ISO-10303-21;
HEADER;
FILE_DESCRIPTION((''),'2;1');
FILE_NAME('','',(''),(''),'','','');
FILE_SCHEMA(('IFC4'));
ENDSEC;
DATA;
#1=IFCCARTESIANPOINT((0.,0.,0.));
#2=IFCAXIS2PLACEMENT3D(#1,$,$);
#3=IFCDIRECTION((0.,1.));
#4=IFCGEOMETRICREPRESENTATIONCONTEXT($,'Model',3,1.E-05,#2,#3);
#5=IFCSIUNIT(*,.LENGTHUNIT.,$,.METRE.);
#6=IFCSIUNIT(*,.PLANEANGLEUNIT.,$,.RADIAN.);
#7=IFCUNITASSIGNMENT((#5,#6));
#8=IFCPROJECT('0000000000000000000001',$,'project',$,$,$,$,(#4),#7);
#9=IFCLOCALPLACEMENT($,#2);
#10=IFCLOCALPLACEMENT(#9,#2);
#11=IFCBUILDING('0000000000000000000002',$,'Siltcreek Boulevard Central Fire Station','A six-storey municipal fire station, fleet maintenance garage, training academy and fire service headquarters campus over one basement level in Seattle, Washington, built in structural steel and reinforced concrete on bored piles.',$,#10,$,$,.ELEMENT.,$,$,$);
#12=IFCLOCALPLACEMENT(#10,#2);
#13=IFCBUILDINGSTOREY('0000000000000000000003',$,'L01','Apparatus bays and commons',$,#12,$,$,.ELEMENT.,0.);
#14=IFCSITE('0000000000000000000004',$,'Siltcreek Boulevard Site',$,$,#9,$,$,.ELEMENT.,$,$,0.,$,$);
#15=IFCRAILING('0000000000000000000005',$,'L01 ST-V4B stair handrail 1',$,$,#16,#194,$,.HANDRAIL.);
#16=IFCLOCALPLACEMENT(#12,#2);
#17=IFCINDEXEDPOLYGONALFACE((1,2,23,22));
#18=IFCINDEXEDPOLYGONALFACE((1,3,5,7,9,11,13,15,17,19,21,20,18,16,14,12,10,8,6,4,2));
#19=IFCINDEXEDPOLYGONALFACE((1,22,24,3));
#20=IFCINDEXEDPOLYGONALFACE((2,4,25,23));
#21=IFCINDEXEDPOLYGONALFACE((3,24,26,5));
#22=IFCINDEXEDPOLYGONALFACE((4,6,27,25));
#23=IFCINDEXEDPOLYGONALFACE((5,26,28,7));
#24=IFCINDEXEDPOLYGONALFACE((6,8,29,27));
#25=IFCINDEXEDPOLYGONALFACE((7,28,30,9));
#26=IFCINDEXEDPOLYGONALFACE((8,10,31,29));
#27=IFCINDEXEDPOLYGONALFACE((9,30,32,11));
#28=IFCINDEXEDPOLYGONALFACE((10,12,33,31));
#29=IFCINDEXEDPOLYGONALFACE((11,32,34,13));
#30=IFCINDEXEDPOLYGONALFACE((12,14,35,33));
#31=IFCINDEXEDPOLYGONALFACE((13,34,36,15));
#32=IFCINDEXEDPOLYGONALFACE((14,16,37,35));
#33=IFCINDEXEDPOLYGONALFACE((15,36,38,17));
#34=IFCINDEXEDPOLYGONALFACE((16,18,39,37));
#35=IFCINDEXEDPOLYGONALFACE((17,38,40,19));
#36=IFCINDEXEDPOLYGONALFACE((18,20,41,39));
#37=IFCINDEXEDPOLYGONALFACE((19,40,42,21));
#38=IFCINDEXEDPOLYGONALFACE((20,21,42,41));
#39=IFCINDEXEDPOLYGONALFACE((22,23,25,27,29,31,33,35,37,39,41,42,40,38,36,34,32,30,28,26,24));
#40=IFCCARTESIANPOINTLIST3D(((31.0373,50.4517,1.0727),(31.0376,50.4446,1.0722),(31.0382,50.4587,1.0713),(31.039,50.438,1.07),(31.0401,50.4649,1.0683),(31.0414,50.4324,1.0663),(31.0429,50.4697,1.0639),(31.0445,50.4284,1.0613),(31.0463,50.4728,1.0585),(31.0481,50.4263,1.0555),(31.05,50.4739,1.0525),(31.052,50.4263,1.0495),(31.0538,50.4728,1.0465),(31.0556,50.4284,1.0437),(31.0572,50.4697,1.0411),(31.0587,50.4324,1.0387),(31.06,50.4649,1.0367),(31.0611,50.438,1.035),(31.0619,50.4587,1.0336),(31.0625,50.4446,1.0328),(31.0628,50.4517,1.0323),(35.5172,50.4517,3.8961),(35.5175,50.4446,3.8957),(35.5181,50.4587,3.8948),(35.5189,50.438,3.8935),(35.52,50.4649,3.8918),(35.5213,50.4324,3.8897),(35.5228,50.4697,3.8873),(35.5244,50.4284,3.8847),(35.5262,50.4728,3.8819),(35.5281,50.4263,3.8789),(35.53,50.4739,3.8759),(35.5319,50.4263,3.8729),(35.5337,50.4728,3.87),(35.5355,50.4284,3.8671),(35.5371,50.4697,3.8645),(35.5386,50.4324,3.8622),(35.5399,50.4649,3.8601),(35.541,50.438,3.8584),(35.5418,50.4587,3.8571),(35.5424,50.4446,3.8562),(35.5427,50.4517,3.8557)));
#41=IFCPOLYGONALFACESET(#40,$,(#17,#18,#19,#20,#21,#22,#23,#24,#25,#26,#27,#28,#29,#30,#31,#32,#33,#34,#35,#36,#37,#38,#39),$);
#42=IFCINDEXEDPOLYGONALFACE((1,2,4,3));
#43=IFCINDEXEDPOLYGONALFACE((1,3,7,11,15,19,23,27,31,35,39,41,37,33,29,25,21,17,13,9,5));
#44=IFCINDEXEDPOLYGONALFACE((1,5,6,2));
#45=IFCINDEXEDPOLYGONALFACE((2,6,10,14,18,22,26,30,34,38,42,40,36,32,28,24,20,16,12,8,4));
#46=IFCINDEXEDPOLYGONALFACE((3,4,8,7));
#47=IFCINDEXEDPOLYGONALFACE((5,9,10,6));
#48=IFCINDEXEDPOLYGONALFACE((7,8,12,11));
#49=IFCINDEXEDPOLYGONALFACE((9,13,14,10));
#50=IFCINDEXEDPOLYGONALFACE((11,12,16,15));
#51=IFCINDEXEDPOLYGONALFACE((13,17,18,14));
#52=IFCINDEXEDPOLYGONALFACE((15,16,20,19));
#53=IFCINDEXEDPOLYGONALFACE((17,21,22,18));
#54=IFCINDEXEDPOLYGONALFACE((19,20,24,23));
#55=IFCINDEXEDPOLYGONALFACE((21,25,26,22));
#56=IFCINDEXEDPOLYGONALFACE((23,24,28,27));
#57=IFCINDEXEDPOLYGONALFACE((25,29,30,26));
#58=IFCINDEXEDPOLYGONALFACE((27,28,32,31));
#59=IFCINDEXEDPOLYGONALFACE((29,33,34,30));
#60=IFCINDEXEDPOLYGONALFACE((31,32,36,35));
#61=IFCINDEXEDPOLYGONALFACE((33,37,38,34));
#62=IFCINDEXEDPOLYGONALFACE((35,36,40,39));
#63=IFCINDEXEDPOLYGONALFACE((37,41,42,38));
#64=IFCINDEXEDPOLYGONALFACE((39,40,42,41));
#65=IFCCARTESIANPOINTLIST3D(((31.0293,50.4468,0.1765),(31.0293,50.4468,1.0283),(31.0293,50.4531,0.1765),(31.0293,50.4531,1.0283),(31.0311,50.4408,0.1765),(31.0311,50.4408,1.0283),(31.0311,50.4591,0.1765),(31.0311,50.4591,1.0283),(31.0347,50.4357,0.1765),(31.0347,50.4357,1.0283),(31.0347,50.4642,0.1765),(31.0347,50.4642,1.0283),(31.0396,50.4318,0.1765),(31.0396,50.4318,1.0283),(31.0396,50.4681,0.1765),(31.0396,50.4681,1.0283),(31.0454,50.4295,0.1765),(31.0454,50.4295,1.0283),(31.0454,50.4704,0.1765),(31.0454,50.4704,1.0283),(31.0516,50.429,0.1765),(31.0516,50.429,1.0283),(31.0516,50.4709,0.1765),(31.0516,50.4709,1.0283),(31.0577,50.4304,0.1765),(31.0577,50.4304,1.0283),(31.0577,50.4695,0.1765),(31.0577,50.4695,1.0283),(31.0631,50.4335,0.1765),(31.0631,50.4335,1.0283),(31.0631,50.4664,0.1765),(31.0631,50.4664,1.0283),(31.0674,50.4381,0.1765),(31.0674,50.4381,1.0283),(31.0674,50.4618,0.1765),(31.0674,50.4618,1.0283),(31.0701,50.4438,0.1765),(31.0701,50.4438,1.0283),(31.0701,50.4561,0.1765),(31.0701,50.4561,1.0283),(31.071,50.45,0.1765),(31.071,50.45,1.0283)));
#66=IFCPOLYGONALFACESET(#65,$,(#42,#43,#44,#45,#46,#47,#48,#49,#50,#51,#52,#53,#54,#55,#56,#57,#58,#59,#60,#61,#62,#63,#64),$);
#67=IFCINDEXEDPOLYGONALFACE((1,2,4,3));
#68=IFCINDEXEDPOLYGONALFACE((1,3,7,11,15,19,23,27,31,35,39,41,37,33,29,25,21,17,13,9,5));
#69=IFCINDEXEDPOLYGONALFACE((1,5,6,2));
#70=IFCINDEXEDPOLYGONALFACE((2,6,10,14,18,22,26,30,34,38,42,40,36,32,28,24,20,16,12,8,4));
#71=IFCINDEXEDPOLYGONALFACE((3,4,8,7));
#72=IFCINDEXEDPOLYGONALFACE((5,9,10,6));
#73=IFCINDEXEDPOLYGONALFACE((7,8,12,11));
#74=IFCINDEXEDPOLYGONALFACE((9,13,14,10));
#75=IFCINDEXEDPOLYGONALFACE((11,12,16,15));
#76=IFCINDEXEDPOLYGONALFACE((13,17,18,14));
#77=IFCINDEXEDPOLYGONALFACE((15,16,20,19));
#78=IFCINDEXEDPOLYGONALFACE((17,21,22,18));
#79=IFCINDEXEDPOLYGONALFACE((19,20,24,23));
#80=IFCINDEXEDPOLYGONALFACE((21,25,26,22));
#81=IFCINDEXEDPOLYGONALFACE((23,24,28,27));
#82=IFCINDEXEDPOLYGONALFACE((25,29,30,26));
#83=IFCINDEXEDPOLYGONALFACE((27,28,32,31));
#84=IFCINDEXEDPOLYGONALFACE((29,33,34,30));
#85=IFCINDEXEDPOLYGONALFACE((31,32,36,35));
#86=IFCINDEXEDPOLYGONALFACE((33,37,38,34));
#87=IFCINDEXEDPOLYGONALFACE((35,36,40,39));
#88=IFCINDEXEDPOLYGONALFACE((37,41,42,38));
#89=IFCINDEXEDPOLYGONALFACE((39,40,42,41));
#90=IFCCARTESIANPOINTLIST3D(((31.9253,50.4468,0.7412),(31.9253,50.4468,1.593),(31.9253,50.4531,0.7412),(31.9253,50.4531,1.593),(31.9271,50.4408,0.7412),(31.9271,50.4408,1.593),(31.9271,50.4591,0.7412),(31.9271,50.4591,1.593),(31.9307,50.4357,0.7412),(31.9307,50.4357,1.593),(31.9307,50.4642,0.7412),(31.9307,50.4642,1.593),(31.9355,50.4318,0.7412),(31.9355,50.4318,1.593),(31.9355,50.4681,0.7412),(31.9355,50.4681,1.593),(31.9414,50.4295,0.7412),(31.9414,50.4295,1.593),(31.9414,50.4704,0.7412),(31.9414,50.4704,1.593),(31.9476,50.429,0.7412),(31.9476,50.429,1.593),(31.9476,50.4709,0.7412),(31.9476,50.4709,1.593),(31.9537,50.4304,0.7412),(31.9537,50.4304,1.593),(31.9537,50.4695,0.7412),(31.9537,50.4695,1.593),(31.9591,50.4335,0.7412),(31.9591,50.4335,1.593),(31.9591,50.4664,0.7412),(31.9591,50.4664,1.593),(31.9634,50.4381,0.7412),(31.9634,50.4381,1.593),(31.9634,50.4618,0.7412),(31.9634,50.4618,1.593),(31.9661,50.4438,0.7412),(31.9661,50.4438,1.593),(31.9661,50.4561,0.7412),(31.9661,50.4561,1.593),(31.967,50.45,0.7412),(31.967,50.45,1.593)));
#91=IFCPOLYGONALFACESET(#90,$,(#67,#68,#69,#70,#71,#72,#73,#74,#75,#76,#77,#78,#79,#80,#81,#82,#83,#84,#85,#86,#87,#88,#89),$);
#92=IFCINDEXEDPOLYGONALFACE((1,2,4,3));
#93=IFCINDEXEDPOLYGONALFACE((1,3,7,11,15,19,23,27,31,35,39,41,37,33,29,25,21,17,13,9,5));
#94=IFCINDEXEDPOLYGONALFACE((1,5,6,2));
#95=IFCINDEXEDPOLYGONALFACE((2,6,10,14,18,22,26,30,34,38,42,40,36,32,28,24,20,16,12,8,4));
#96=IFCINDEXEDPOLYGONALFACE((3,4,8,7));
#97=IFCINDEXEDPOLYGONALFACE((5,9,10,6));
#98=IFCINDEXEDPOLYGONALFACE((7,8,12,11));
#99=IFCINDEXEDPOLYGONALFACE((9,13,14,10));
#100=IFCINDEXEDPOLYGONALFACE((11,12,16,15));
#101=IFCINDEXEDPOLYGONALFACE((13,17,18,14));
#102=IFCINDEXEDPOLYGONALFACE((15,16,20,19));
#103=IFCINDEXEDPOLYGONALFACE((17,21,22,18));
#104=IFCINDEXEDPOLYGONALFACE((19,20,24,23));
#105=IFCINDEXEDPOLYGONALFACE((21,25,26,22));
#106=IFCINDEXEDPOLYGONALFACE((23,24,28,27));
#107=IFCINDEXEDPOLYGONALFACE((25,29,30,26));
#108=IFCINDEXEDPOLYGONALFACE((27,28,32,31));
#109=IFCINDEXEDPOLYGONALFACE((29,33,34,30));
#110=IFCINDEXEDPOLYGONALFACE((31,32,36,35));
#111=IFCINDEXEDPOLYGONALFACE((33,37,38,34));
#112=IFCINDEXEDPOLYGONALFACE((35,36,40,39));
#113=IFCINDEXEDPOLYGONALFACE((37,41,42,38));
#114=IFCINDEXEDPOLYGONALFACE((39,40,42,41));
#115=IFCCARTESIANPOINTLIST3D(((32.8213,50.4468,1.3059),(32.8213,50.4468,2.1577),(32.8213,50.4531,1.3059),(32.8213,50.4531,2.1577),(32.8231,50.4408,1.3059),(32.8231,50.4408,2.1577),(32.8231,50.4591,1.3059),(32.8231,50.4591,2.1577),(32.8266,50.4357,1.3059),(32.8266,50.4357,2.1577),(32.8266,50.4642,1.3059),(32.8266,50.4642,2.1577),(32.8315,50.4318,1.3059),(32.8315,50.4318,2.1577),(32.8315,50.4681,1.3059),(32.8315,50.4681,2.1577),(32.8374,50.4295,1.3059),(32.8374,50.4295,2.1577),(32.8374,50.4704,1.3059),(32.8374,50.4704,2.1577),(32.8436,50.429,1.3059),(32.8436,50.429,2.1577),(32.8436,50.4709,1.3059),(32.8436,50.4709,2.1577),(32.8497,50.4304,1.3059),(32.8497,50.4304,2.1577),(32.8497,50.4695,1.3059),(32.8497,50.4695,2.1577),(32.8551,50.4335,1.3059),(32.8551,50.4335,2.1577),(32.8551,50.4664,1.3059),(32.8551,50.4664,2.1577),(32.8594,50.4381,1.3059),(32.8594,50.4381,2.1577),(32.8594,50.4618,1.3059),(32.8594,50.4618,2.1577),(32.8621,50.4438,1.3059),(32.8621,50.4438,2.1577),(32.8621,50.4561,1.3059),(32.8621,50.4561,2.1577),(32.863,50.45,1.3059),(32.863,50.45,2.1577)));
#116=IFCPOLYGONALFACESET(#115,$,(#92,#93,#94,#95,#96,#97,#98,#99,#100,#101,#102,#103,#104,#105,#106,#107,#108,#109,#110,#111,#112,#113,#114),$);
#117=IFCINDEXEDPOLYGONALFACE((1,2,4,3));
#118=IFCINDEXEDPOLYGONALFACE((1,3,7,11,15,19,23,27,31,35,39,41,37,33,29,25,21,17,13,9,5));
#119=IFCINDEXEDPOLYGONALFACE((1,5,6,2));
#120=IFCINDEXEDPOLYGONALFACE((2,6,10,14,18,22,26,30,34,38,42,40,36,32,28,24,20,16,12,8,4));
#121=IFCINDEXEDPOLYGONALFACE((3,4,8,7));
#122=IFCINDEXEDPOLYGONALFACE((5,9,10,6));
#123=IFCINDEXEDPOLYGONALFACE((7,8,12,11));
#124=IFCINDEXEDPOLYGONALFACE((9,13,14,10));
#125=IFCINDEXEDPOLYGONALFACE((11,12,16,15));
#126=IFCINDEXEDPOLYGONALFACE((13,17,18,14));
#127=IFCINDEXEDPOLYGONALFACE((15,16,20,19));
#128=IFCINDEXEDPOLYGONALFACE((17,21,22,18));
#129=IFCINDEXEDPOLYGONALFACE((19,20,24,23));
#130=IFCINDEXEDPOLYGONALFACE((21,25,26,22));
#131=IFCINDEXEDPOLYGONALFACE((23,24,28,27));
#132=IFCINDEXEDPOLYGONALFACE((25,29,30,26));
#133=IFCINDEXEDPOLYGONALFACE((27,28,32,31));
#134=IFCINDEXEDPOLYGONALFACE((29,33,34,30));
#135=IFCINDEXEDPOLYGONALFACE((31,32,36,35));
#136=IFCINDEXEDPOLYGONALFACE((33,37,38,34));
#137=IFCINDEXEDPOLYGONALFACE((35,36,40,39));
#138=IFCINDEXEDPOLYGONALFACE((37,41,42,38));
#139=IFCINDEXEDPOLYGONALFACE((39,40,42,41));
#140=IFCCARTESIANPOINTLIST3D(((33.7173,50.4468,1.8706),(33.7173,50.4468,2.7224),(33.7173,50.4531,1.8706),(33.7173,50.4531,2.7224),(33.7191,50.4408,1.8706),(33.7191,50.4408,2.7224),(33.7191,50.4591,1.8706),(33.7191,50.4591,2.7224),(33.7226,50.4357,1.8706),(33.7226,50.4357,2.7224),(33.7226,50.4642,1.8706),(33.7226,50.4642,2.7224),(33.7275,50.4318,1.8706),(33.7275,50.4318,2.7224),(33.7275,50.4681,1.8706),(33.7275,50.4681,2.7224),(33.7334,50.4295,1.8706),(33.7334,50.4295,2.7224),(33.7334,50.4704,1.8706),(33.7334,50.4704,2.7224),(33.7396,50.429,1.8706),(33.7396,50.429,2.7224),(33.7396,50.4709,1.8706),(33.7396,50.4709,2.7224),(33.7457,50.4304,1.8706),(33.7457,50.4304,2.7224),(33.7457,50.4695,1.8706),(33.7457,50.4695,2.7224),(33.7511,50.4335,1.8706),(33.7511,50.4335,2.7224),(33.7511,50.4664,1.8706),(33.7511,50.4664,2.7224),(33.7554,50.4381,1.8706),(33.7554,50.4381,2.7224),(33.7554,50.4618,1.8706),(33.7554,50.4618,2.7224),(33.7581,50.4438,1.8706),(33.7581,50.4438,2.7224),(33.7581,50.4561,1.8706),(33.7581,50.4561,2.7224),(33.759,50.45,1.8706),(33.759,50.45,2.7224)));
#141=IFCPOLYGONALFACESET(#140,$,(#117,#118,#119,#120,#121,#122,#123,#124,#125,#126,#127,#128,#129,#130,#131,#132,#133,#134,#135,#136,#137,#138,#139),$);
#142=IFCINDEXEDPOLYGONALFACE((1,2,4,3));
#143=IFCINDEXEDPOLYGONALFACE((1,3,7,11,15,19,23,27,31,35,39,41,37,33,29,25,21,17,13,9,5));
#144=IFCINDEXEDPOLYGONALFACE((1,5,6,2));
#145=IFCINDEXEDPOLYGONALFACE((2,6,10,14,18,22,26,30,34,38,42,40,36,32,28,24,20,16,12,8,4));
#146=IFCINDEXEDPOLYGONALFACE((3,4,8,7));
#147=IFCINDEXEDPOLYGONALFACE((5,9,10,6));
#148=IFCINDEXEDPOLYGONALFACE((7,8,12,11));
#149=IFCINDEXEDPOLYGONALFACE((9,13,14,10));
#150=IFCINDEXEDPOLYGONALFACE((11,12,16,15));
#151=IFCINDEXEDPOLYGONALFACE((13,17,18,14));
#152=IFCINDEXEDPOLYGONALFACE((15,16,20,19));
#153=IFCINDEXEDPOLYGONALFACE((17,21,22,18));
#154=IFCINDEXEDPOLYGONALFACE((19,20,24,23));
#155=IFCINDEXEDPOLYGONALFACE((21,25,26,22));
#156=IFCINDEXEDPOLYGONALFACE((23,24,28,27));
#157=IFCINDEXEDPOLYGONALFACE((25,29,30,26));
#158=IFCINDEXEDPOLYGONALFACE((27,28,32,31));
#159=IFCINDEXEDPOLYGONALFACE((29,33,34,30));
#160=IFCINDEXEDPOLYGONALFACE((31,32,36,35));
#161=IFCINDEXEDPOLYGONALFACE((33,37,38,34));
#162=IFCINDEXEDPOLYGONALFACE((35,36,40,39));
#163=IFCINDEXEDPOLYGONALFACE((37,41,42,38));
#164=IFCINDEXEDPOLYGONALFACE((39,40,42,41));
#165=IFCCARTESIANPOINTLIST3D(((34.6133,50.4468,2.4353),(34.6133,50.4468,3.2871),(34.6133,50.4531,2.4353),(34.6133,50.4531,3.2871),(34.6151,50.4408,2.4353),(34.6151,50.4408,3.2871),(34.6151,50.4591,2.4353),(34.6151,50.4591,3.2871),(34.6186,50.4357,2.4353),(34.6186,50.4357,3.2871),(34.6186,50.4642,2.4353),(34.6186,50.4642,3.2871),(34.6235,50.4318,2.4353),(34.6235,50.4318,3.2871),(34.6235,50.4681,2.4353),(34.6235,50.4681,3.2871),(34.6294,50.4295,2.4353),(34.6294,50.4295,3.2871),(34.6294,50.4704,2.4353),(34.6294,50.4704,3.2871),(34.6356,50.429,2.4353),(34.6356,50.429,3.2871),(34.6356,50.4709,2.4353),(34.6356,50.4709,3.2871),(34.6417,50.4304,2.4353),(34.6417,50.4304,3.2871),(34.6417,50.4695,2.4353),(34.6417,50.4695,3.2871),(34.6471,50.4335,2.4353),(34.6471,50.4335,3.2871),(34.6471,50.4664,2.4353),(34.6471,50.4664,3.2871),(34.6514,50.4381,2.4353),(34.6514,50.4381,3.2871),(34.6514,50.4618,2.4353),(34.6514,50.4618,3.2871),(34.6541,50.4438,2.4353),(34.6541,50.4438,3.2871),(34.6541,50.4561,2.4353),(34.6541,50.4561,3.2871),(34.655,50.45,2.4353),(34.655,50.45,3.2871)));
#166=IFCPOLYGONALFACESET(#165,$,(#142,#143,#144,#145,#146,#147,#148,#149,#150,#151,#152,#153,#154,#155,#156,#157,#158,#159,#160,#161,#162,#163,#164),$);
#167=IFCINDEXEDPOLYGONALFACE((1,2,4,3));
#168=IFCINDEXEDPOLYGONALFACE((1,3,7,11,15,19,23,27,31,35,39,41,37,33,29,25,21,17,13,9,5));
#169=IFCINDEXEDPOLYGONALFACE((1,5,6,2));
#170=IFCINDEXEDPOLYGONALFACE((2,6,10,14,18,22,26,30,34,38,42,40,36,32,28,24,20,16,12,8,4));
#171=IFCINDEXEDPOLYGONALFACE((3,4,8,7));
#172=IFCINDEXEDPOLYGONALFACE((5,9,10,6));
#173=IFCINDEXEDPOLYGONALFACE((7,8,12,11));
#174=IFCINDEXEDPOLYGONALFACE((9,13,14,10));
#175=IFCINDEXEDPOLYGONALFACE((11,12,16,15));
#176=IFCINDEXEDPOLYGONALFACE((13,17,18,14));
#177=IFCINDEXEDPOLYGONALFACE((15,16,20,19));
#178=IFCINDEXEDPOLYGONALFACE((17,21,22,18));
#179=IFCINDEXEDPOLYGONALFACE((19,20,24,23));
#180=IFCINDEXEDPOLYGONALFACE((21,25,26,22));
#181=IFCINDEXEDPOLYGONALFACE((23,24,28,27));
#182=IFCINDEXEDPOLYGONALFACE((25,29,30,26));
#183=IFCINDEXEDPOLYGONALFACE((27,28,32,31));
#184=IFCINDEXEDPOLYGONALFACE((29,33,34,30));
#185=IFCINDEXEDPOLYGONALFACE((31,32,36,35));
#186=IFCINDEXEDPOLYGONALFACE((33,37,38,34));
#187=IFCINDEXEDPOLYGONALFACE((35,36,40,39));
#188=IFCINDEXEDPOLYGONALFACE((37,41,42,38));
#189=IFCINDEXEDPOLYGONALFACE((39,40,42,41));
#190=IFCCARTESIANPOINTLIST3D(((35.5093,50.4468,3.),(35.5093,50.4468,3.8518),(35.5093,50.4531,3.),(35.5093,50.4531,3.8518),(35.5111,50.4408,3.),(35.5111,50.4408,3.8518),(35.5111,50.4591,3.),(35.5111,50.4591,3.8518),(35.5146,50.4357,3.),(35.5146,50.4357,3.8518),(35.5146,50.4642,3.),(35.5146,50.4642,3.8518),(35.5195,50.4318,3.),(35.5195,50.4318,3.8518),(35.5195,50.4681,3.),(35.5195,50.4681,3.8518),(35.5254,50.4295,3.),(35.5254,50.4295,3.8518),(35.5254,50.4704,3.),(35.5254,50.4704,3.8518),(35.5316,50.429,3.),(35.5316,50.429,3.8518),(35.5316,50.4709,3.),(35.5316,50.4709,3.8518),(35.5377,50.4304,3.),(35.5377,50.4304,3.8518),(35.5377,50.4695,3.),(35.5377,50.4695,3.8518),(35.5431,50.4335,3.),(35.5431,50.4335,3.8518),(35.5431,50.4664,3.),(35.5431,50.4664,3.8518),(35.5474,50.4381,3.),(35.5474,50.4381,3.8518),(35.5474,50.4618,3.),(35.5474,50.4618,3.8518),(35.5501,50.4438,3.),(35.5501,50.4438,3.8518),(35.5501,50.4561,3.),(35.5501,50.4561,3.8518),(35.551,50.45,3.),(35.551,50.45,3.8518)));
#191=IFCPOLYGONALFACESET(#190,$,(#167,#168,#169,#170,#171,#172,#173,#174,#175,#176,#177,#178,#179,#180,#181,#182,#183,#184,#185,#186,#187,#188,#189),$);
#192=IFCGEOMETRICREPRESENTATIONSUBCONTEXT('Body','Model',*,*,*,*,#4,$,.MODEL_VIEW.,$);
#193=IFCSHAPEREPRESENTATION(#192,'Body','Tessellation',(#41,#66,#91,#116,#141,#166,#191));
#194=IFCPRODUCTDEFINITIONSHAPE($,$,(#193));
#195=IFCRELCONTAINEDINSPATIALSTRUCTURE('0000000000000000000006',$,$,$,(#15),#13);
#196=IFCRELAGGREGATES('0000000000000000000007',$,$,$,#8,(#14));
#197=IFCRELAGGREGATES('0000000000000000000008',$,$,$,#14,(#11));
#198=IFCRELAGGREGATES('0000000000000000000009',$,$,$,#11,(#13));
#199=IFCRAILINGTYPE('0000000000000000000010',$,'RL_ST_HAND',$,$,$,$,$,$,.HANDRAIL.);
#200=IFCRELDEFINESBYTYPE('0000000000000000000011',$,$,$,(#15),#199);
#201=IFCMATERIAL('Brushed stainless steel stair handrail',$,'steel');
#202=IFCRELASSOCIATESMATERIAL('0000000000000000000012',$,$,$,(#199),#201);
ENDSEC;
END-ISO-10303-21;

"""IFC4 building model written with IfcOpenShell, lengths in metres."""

from ifc_helpers import new_model, si_unit, direction, frame, origin, origin_2d, place, context, subcontext, project, spatial, circle, extrude, material, type_object, element, save


model = new_model("IFC4")

# Units and contexts
model_context = context("Model", 3, precision=1e-05, world=origin(), true_north=direction((0.0, 1.0)))
body_context = subcontext(model_context, "Body", "Model", "MODEL_VIEW")
ifc_project = project(units=[si_unit("LENGTHUNIT", "METRE"), si_unit("PLANEANGLEUNIT", "RADIAN")], contexts=[model_context])

# Site, building, storey
site_placement = place(None, origin())
site = spatial("IfcSite", under=ifc_project, at=site_placement, Name="Siltcreek Boulevard Site", CompositionType="ELEMENT", RefElevation=0.0)
building_placement = place(site_placement, origin())
building = spatial("IfcBuilding", under=site, at=building_placement, Name="Siltcreek Boulevard Central Fire Station", Description="A six-storey municipal fire station, fleet maintenance garage, training academy and fire service headquarters campus over one basement level in Seattle, Washington, built in structural steel and reinforced concrete on bored piles.", CompositionType="ELEMENT")
storey_placement = place(building_placement, origin())
storey = spatial("IfcBuildingStorey", under=building, at=storey_placement, Name="L01", Description="Apparatus bays and commons", CompositionType="ELEMENT", Elevation=0.0)

# Railing
ifc_material_1 = material(Name="Brushed stainless steel stair handrail", Category="steel")
railing_type = type_object("IfcRailingType", Name="RL_ST_HAND", PredefinedType="HANDRAIL", material=ifc_material_1)
railing_placement = place(storey_placement, frame((31.05, 50.45, 0.1765)))
element("IfcRailing", 1, at=railing_placement, inside=storey, type_object=railing_type, Name="L01 ST-V4B stair handrail 1", PredefinedType="HANDRAIL", context=body_context, shape_type="SweptSolid", body=[
    extrude(circle(Radius=0.0239, at=origin_2d()), frame((0.0, 0.0, 0.876), z_axis=(0.845998, 0.0, 0.533186), x_axis=(0.0, 1.0, 0.0)), (0.0, 0.0, 1.0), 5.2954),
    extrude(circle(Radius=0.021, at=origin_2d()), origin(), (0.0, 0.0, 1.0), 0.8518),
    extrude(circle(Radius=0.021, at=origin_2d()), frame((0.896, 0.0, 0.5647)), (0.0, 0.0, 1.0), 0.8518),
    extrude(circle(Radius=0.021, at=origin_2d()), frame((1.792, 0.0, 1.1294)), (0.0, 0.0, 1.0), 0.8518),
    extrude(circle(Radius=0.021, at=origin_2d()), frame((2.688, 0.0, 1.6941)), (0.0, 0.0, 1.0), 0.8518),
    extrude(circle(Radius=0.021, at=origin_2d()), frame((3.584, 0.0, 2.2588)), (0.0, 0.0, 1.0), 0.8518),
    extrude(circle(Radius=0.021, at=origin_2d()), frame((4.48, 0.0, 2.8235)), (0.0, 0.0, 1.0), 0.8518),
])

save(model, "model.ifc")
